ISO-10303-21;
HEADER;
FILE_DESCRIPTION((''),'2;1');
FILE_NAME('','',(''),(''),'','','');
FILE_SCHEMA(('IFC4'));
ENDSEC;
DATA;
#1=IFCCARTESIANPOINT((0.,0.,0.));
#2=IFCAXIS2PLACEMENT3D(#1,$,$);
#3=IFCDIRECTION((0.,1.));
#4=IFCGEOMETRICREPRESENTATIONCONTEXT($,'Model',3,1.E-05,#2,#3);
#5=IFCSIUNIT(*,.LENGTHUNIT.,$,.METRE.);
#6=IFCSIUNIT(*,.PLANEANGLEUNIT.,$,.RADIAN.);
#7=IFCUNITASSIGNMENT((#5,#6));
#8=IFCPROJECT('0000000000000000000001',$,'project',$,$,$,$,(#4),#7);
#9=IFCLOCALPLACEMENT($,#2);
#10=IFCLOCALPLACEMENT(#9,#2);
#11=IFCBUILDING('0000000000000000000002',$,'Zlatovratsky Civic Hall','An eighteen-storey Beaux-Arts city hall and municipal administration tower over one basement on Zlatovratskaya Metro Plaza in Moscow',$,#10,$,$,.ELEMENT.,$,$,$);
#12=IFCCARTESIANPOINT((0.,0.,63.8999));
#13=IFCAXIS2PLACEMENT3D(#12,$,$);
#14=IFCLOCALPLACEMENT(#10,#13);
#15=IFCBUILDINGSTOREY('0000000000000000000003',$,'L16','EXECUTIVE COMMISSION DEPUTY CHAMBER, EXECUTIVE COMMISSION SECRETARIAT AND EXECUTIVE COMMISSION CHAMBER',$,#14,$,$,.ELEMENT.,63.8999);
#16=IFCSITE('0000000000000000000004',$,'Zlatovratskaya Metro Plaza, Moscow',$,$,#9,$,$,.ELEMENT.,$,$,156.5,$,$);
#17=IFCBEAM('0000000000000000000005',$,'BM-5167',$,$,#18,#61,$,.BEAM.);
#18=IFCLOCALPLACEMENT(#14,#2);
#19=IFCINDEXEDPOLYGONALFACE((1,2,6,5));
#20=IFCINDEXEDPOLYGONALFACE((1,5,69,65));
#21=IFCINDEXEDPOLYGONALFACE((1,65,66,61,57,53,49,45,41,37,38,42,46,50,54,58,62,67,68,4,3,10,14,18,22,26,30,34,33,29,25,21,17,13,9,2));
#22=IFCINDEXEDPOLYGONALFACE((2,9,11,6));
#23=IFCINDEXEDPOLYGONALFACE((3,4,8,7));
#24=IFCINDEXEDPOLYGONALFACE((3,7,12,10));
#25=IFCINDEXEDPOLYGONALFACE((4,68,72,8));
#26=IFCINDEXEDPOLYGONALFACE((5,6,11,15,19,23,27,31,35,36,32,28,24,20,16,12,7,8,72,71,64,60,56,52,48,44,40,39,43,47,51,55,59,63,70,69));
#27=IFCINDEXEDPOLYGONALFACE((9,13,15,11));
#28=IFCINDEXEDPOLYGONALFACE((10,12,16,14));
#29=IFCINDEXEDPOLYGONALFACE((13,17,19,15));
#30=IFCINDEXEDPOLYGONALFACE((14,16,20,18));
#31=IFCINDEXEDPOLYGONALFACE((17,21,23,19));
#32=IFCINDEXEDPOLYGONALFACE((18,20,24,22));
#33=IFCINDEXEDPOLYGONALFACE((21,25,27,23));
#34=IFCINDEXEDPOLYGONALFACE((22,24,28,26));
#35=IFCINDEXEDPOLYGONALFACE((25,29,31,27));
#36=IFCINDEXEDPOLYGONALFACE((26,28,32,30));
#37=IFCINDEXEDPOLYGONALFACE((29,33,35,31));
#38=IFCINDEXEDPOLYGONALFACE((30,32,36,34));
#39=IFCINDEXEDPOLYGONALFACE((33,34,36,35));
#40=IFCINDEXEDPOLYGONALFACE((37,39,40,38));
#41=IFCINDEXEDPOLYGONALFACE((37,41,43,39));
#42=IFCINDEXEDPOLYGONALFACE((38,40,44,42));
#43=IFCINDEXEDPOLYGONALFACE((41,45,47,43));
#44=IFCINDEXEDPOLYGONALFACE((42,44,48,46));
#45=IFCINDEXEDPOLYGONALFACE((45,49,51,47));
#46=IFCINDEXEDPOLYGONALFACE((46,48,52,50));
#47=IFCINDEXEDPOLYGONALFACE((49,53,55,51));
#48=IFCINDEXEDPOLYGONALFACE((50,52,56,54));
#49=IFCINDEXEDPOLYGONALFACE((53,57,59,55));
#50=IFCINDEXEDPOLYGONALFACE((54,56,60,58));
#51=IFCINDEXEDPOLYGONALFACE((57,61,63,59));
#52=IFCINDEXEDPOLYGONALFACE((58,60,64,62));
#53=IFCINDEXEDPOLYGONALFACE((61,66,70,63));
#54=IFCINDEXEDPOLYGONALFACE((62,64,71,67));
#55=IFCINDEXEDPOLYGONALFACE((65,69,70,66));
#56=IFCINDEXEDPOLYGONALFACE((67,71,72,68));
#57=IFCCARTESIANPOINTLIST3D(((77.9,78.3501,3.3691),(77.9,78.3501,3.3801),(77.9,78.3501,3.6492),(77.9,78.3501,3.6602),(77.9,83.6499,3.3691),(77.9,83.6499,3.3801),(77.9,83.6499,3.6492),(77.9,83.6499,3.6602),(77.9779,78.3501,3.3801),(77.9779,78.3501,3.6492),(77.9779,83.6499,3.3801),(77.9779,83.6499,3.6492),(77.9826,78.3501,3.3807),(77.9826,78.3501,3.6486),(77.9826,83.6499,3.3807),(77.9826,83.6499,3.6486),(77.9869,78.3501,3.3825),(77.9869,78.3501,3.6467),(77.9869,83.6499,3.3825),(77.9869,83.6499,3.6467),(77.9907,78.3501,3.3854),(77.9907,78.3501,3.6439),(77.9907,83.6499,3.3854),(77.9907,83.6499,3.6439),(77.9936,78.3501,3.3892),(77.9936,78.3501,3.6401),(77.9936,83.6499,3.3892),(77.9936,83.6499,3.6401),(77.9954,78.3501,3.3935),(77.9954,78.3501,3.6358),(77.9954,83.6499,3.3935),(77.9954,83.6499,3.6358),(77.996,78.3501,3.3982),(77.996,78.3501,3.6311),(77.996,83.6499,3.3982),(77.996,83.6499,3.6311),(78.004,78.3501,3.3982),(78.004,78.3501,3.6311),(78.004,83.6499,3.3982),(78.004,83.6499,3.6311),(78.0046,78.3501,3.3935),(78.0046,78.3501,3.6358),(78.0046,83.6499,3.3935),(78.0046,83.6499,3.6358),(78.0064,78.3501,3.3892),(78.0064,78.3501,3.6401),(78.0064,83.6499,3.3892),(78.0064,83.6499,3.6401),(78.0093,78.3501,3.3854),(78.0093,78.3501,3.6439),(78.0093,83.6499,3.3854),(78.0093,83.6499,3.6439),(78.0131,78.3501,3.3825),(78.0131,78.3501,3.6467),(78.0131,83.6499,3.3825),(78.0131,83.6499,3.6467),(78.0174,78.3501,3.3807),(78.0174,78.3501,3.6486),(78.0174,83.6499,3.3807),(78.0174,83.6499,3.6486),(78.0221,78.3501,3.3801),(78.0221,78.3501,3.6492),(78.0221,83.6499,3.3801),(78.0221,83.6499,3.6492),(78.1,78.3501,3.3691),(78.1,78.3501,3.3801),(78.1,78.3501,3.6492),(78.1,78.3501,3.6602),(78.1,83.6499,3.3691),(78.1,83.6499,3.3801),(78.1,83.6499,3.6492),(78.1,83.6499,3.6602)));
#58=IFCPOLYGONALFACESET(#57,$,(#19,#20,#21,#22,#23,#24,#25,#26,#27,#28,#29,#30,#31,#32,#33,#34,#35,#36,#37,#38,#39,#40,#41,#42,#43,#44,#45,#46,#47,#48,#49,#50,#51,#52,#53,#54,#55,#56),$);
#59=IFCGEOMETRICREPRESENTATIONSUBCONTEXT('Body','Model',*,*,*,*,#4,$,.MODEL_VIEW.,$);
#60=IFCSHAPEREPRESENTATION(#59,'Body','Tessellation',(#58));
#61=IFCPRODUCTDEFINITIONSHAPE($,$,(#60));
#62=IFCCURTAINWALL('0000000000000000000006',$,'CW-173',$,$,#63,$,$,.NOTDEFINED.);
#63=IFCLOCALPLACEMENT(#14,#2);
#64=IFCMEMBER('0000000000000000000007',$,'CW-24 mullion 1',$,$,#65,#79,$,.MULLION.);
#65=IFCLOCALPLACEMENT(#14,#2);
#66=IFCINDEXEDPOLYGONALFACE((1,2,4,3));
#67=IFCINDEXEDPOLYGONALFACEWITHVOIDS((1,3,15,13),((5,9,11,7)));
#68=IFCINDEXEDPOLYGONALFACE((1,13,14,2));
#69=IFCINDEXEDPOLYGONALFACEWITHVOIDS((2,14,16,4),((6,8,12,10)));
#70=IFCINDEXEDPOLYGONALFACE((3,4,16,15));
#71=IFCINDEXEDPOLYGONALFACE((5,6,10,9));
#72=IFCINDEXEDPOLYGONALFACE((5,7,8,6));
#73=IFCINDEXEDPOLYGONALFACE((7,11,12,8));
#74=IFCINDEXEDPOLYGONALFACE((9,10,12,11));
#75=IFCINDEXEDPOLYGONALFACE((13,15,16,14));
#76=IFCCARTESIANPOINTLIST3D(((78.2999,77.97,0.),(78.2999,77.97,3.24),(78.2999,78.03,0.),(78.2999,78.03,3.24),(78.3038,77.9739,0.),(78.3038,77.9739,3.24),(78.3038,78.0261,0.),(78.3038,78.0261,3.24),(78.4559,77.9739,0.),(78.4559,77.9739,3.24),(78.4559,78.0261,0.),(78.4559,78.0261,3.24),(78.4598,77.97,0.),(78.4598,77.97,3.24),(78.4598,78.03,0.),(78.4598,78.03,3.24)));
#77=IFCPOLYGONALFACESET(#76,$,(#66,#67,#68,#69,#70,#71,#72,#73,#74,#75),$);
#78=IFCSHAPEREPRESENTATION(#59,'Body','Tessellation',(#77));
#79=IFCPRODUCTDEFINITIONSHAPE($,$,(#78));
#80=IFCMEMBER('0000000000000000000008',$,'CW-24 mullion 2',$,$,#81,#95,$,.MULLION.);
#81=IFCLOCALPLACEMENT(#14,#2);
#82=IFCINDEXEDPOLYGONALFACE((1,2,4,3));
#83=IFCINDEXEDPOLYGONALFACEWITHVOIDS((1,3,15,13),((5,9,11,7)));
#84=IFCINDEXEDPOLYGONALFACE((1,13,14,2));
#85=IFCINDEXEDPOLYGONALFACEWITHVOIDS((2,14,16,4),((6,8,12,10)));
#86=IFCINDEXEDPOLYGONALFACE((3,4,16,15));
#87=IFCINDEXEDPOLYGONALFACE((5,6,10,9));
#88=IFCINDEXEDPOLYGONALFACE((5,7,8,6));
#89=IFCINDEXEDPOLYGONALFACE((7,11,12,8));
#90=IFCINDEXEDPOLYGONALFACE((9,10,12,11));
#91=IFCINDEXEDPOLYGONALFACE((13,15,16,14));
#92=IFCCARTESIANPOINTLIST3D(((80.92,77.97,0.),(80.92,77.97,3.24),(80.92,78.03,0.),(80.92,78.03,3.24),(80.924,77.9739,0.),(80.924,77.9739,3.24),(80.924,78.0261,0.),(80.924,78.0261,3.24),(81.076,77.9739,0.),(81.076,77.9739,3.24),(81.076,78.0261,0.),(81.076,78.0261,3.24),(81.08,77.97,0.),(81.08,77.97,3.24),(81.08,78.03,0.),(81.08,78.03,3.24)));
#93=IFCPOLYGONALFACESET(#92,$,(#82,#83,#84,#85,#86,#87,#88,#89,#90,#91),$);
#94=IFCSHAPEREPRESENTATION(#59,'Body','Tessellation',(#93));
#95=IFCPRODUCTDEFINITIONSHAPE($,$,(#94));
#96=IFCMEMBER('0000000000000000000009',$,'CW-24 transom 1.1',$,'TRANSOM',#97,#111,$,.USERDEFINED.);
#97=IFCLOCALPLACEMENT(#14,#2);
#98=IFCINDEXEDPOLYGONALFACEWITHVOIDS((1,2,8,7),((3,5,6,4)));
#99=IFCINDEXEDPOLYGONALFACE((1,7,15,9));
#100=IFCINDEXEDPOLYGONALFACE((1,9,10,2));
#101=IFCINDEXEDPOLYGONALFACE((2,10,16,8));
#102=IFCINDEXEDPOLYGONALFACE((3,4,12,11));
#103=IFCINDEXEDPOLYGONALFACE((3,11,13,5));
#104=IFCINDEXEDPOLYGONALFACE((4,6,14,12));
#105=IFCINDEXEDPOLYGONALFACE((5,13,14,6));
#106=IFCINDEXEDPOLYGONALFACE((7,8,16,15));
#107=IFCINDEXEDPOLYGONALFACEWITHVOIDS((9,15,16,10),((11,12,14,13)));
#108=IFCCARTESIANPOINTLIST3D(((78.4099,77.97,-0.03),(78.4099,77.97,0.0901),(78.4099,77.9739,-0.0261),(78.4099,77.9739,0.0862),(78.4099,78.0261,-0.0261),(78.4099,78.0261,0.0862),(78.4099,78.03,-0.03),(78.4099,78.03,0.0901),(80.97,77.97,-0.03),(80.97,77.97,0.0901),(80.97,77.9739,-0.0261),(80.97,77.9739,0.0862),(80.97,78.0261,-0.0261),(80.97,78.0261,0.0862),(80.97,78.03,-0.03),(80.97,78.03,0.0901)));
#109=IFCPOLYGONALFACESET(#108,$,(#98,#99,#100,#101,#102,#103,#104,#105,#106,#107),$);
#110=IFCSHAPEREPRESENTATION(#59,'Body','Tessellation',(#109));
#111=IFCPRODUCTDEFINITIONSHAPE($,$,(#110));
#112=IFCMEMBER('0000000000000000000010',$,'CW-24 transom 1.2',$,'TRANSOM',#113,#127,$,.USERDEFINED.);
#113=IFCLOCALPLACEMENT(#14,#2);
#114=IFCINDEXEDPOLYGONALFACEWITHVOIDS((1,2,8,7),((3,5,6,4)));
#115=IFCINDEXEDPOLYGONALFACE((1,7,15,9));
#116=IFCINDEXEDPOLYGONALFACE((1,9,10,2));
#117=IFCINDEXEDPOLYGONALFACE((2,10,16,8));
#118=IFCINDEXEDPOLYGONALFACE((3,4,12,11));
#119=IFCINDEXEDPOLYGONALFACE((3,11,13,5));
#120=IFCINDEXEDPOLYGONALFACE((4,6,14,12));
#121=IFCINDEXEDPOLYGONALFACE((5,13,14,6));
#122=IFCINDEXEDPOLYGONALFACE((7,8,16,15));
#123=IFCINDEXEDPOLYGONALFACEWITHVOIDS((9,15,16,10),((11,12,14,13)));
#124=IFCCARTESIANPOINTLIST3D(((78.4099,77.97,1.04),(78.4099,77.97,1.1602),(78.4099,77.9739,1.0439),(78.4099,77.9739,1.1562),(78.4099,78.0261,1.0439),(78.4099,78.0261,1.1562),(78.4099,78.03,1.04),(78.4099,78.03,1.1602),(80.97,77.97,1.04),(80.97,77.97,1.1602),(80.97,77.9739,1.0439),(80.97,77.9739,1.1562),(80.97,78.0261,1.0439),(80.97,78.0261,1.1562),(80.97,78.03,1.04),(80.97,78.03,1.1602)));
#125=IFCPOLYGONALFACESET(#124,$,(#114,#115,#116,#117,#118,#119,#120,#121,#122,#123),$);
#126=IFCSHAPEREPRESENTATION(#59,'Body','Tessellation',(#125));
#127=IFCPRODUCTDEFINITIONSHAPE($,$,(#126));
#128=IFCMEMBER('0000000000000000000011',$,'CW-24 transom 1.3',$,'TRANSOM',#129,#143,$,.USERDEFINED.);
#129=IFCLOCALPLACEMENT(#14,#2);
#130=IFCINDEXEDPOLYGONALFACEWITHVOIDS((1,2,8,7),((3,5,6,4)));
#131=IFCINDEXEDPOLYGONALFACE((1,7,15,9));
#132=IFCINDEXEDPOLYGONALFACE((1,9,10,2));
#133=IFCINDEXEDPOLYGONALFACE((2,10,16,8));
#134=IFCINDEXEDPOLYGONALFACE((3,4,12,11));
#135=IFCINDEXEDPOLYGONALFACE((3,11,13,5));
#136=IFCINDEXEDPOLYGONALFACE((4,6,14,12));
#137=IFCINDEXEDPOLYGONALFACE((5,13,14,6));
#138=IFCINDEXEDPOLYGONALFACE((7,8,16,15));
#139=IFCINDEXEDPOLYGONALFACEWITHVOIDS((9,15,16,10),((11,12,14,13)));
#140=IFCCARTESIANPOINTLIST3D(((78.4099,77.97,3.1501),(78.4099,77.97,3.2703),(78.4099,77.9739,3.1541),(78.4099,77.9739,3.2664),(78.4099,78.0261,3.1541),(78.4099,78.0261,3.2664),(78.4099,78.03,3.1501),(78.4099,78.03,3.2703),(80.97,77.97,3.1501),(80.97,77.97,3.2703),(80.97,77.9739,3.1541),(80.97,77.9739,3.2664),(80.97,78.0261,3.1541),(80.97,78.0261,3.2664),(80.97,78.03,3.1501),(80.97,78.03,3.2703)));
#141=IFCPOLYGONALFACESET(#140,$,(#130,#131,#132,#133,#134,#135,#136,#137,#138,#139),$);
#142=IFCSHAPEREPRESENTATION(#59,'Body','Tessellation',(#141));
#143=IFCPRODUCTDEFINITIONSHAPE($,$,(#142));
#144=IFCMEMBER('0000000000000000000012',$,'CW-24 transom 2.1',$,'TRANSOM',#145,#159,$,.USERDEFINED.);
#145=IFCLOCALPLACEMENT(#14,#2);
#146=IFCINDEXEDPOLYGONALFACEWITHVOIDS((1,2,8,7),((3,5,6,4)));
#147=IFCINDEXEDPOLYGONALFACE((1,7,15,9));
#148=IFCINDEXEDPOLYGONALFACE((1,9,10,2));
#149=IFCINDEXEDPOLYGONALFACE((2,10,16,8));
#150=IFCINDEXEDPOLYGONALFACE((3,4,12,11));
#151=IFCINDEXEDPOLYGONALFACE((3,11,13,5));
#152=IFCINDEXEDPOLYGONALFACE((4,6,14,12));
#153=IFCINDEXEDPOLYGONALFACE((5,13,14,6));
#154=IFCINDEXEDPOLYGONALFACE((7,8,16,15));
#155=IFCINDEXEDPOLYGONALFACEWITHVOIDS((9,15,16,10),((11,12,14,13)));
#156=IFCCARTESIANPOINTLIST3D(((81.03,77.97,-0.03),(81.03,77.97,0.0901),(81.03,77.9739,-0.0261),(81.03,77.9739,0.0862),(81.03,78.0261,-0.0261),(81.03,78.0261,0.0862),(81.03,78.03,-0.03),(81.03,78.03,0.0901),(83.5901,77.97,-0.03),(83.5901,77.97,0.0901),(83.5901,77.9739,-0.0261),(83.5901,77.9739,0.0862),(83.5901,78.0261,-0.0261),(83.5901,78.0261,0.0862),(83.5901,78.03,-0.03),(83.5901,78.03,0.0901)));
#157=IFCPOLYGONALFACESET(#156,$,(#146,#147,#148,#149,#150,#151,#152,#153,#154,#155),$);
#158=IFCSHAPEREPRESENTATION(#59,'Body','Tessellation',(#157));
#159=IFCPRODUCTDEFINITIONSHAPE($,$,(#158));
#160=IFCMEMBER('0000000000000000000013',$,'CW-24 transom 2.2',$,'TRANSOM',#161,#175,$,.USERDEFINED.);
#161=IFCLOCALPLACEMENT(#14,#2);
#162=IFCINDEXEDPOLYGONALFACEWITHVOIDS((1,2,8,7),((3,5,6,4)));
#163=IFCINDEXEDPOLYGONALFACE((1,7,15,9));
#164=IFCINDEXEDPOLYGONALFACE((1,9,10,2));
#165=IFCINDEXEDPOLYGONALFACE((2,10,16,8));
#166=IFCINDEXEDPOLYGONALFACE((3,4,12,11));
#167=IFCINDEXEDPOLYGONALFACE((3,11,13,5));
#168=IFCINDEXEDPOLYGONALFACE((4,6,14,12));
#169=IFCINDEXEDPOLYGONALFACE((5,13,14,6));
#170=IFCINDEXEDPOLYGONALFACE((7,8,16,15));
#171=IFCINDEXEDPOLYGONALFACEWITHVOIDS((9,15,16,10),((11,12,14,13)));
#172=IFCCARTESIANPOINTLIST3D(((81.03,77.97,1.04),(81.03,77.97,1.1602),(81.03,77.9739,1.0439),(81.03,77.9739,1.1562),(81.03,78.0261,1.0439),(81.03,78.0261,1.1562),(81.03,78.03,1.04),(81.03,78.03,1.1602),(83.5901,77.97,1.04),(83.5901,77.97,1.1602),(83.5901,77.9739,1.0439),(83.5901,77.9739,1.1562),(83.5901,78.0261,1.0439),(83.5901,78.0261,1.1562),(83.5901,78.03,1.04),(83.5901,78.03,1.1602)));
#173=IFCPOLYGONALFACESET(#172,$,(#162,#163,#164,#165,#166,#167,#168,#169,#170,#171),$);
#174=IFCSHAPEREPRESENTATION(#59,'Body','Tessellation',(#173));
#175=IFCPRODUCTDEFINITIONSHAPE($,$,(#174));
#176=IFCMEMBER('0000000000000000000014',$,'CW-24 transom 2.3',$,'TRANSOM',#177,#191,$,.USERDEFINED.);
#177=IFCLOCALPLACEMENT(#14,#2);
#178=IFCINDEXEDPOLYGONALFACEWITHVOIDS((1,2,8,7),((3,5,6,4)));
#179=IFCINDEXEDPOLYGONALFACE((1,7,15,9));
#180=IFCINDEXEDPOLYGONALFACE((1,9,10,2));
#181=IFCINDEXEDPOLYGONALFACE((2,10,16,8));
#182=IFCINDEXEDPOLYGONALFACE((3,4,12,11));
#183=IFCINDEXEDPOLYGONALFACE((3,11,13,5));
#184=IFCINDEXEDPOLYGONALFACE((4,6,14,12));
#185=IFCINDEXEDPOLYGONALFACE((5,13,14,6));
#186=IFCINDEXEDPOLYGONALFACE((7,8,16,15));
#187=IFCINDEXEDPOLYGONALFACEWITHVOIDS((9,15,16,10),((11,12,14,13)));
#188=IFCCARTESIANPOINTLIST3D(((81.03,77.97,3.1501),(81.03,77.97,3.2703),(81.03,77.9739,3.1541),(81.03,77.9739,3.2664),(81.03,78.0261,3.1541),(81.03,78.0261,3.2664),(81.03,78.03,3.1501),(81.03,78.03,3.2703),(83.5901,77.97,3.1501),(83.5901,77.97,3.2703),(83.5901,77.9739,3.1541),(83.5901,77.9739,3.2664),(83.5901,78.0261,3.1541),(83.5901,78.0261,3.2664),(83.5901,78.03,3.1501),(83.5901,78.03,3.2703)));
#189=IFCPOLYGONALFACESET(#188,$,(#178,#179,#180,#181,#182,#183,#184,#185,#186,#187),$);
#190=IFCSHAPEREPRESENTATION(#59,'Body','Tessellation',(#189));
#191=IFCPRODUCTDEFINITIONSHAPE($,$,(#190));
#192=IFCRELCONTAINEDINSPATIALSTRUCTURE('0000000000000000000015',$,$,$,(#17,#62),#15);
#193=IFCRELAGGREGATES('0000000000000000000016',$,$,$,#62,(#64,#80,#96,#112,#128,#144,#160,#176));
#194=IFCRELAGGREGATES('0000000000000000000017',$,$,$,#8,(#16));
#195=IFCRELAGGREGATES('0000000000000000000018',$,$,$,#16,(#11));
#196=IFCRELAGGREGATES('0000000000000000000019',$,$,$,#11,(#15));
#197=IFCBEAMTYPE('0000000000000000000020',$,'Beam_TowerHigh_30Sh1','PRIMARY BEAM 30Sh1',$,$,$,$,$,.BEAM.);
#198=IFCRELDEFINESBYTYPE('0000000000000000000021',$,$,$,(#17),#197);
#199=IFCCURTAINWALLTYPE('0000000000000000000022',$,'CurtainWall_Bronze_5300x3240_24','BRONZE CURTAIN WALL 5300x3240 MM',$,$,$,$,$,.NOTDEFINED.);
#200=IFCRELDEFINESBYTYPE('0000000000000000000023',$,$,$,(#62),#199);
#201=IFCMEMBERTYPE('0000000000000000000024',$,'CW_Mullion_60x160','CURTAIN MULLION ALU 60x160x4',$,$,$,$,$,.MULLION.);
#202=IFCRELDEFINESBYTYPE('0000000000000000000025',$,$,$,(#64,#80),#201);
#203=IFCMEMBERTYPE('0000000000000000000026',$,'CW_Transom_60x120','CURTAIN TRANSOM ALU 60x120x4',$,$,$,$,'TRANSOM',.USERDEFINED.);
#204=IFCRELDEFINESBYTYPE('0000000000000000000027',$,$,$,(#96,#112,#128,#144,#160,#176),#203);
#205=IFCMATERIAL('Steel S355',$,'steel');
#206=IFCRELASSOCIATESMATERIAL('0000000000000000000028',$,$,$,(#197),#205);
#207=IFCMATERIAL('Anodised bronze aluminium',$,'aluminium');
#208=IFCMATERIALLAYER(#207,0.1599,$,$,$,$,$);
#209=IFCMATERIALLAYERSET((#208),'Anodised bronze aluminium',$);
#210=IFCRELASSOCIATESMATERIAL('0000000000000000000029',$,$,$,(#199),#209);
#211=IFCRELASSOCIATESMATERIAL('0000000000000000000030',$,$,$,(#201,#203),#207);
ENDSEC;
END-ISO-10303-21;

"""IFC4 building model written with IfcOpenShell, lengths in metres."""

from ifc_helpers import new_model, si_unit, direction, frame, origin, origin_2d, place, context, subcontext, project, spatial, hollow_rectangle, i_section, extrude, material, layer, layer_set, material_profile, profile_set, type_object, element, aggregate, save


model = new_model("IFC4")

# Units and contexts
model_context = context("Model", 3, precision=1e-05, world=origin(), true_north=direction((0.0, 1.0)))
body_context = subcontext(model_context, "Body", "Model", "MODEL_VIEW")
ifc_project = project(units=[si_unit("LENGTHUNIT", "METRE"), si_unit("PLANEANGLEUNIT", "RADIAN")], contexts=[model_context])

# Site, building, storey
site_placement = place(None, origin())
site = spatial("IfcSite", under=ifc_project, at=site_placement, Name="Zlatovratskaya Metro Plaza, Moscow", CompositionType="ELEMENT", RefElevation=156.5)
building_placement = place(site_placement, origin())
building = spatial("IfcBuilding", under=site, at=building_placement, Name="Zlatovratsky Civic Hall", Description="An eighteen-storey Beaux-Arts city hall and municipal administration tower over one basement on Zlatovratskaya Metro Plaza in Moscow", CompositionType="ELEMENT")
storey_placement = place(building_placement, frame((0.0, 0.0, 63.8999)))
storey = spatial("IfcBuildingStorey", under=building, at=storey_placement, Name="L16", Description="EXECUTIVE COMMISSION DEPUTY CHAMBER, EXECUTIVE COMMISSION SECRETARIAT AND EXECUTIVE COMMISSION CHAMBER", CompositionType="ELEMENT", Elevation=63.8999)

# Beam
ifc_material_1 = material(Name="Steel S355", Category="steel")
ifc_material_profile_1 = material_profile(ifc_material_1, i_section(OverallWidth=0.2, OverallDepth=0.291, WebThickness=0.0081, FlangeThickness=0.011, FilletRadius=0.0181, at=origin_2d()), Name="30Sh1")
ifc_profile_set_1 = profile_set([ifc_material_profile_1], Name="Steel S355")
beam_type_1 = type_object("IfcBeamType", Name="Beam_TowerHigh_30Sh1", Description="PRIMARY BEAM 30Sh1", PredefinedType="BEAM", material=ifc_profile_set_1)
for number, where, z_axis, x_axis, name in (
    (1, (78.0, 78.3501, 3.5146), (0.0, 1.0, 0.0), (-1.0, 0.0, 0.0), "BM-5167"),
):
    element("IfcBeam", number, at=place(storey_placement, frame(where, z_axis=z_axis, x_axis=x_axis)), inside=storey, type_object=beam_type_1, Name=name, PredefinedType="BEAM", context=body_context, shape_type="SweptSolid", body=[
        extrude(i_section(OverallWidth=0.2, OverallDepth=0.291, WebThickness=0.0081, FlangeThickness=0.011, FilletRadius=0.0181, at=origin_2d()), origin(), (0.0, 0.0, 1.0), 5.2998),
    ])

# Curtain wall, members
ifc_material_2 = material(Name="Anodised bronze aluminium", Category="aluminium")
ifc_layer_1 = layer(ifc_material_2, 0.1599)
ifc_layer_set_1 = layer_set([ifc_layer_1], Name="Anodised bronze aluminium")
curtain_wall_type = type_object("IfcCurtainWallType", Name="CurtainWall_Bronze_5300x3240_24", Description="BRONZE CURTAIN WALL 5300x3240 MM", PredefinedType="NOTDEFINED", material=ifc_layer_set_1)
curtain_wall_placement = place(storey_placement, origin())
curtain_wall = element("IfcCurtainWall", 2, at=curtain_wall_placement, inside=storey, type_object=curtain_wall_type, Name="CW-173", PredefinedType="NOTDEFINED")
ifc_material_profile_2 = material_profile(ifc_material_2, hollow_rectangle(XDim=0.0601, YDim=0.1599, WallThickness=0.0039, at=origin_2d()), Name="ALU 60x160x4")
ifc_profile_set_2 = profile_set([ifc_material_profile_2], Name="Anodised bronze aluminium")
member_type_1 = type_object("IfcMemberType", Name="CW_Mullion_60x160", Description="CURTAIN MULLION ALU 60x160x4", PredefinedType="MULLION", material=ifc_profile_set_2)
member_1_placement = place(storey_placement, frame((78.3799, 78.0, 0.0), z_axis=(0.0, 0.0, 1.0), x_axis=(0.0, 1.0, 0.0)))
member_1 = element("IfcMember", 3, at=member_1_placement, type_object=member_type_1, Name="CW-24 mullion 1", PredefinedType="MULLION", context=body_context, shape_type="SweptSolid", body=[
    extrude(hollow_rectangle(XDim=0.0601, YDim=0.1599, WallThickness=0.0039, at=origin_2d()), origin(), (0.0, 0.0, 1.0), 3.24),
])
member_2_placement = place(storey_placement, frame((81.0, 78.0, 0.0), z_axis=(0.0, 0.0, 1.0), x_axis=(0.0, 1.0, 0.0)))
member_2 = element("IfcMember", 4, at=member_2_placement, type_object=member_type_1, Name="CW-24 mullion 2", PredefinedType="MULLION", context=body_context, shape_type="SweptSolid", body=[
    extrude(hollow_rectangle(XDim=0.0601, YDim=0.1599, WallThickness=0.0039, at=origin_2d()), origin(), (0.0, 0.0, 1.0), 3.24),
])
ifc_material_profile_3 = material_profile(ifc_material_2, hollow_rectangle(XDim=0.0601, YDim=0.1201, WallThickness=0.0039, at=origin_2d()), Name="ALU 60x120x4")
ifc_profile_set_3 = profile_set([ifc_material_profile_3], Name="Anodised bronze aluminium")
member_type_2 = type_object("IfcMemberType", Name="CW_Transom_60x120", Description="CURTAIN TRANSOM ALU 60x120x4", ElementType="TRANSOM", PredefinedType="USERDEFINED", material=ifc_profile_set_3)
member_3_placement = place(storey_placement, frame((78.4099, 78.0, 0.03), z_axis=(1.0, 0.0, 0.0), x_axis=(0.0, 1.0, 0.0)))
member_3 = element("IfcMember", 5, at=member_3_placement, type_object=member_type_2, Name="CW-24 transom 1.1", ObjectType="TRANSOM", PredefinedType="USERDEFINED", context=body_context, shape_type="SweptSolid", body=[
    extrude(hollow_rectangle(XDim=0.0601, YDim=0.1201, WallThickness=0.0039, at=origin_2d()), origin(), (0.0, 0.0, 1.0), 2.5601),
])
member_4_placement = place(storey_placement, frame((78.4099, 78.0, 1.1001), z_axis=(1.0, 0.0, 0.0), x_axis=(0.0, 1.0, 0.0)))
member_4 = element("IfcMember", 6, at=member_4_placement, type_object=member_type_2, Name="CW-24 transom 1.2", ObjectType="TRANSOM", PredefinedType="USERDEFINED", context=body_context, shape_type="SweptSolid", body=[
    extrude(hollow_rectangle(XDim=0.0601, YDim=0.1201, WallThickness=0.0039, at=origin_2d()), origin(), (0.0, 0.0, 1.0), 2.5601),
])
member_5_placement = place(storey_placement, frame((78.4099, 78.0, 3.2102), z_axis=(1.0, 0.0, 0.0), x_axis=(0.0, 1.0, 0.0)))
member_5 = element("IfcMember", 7, at=member_5_placement, type_object=member_type_2, Name="CW-24 transom 1.3", ObjectType="TRANSOM", PredefinedType="USERDEFINED", context=body_context, shape_type="SweptSolid", body=[
    extrude(hollow_rectangle(XDim=0.0601, YDim=0.1201, WallThickness=0.0039, at=origin_2d()), origin(), (0.0, 0.0, 1.0), 2.5601),
])
member_6_placement = place(storey_placement, frame((81.03, 78.0, 0.03), z_axis=(1.0, 0.0, 0.0), x_axis=(0.0, 1.0, 0.0)))
member_6 = element("IfcMember", 8, at=member_6_placement, type_object=member_type_2, Name="CW-24 transom 2.1", ObjectType="TRANSOM", PredefinedType="USERDEFINED", context=body_context, shape_type="SweptSolid", body=[
    extrude(hollow_rectangle(XDim=0.0601, YDim=0.1201, WallThickness=0.0039, at=origin_2d()), origin(), (0.0, 0.0, 1.0), 2.5601),
])
member_7_placement = place(storey_placement, frame((81.03, 78.0, 1.1001), z_axis=(1.0, 0.0, 0.0), x_axis=(0.0, 1.0, 0.0)))
member_7 = element("IfcMember", 9, at=member_7_placement, type_object=member_type_2, Name="CW-24 transom 2.2", ObjectType="TRANSOM", PredefinedType="USERDEFINED", context=body_context, shape_type="SweptSolid", body=[
    extrude(hollow_rectangle(XDim=0.0601, YDim=0.1201, WallThickness=0.0039, at=origin_2d()), origin(), (0.0, 0.0, 1.0), 2.5601),
])
member_8_placement = place(storey_placement, frame((81.03, 78.0, 3.2102), z_axis=(1.0, 0.0, 0.0), x_axis=(0.0, 1.0, 0.0)))
member_8 = element("IfcMember", 10, at=member_8_placement, type_object=member_type_2, Name="CW-24 transom 2.3", ObjectType="TRANSOM", PredefinedType="USERDEFINED", context=body_context, shape_type="SweptSolid", body=[
    extrude(hollow_rectangle(XDim=0.0601, YDim=0.1201, WallThickness=0.0039, at=origin_2d()), origin(), (0.0, 0.0, 1.0), 2.5601),
])
aggregate(curtain_wall, [member_1, member_2, member_3, member_4, member_5, member_6, member_7, member_8])

save(model, "model.ifc")
